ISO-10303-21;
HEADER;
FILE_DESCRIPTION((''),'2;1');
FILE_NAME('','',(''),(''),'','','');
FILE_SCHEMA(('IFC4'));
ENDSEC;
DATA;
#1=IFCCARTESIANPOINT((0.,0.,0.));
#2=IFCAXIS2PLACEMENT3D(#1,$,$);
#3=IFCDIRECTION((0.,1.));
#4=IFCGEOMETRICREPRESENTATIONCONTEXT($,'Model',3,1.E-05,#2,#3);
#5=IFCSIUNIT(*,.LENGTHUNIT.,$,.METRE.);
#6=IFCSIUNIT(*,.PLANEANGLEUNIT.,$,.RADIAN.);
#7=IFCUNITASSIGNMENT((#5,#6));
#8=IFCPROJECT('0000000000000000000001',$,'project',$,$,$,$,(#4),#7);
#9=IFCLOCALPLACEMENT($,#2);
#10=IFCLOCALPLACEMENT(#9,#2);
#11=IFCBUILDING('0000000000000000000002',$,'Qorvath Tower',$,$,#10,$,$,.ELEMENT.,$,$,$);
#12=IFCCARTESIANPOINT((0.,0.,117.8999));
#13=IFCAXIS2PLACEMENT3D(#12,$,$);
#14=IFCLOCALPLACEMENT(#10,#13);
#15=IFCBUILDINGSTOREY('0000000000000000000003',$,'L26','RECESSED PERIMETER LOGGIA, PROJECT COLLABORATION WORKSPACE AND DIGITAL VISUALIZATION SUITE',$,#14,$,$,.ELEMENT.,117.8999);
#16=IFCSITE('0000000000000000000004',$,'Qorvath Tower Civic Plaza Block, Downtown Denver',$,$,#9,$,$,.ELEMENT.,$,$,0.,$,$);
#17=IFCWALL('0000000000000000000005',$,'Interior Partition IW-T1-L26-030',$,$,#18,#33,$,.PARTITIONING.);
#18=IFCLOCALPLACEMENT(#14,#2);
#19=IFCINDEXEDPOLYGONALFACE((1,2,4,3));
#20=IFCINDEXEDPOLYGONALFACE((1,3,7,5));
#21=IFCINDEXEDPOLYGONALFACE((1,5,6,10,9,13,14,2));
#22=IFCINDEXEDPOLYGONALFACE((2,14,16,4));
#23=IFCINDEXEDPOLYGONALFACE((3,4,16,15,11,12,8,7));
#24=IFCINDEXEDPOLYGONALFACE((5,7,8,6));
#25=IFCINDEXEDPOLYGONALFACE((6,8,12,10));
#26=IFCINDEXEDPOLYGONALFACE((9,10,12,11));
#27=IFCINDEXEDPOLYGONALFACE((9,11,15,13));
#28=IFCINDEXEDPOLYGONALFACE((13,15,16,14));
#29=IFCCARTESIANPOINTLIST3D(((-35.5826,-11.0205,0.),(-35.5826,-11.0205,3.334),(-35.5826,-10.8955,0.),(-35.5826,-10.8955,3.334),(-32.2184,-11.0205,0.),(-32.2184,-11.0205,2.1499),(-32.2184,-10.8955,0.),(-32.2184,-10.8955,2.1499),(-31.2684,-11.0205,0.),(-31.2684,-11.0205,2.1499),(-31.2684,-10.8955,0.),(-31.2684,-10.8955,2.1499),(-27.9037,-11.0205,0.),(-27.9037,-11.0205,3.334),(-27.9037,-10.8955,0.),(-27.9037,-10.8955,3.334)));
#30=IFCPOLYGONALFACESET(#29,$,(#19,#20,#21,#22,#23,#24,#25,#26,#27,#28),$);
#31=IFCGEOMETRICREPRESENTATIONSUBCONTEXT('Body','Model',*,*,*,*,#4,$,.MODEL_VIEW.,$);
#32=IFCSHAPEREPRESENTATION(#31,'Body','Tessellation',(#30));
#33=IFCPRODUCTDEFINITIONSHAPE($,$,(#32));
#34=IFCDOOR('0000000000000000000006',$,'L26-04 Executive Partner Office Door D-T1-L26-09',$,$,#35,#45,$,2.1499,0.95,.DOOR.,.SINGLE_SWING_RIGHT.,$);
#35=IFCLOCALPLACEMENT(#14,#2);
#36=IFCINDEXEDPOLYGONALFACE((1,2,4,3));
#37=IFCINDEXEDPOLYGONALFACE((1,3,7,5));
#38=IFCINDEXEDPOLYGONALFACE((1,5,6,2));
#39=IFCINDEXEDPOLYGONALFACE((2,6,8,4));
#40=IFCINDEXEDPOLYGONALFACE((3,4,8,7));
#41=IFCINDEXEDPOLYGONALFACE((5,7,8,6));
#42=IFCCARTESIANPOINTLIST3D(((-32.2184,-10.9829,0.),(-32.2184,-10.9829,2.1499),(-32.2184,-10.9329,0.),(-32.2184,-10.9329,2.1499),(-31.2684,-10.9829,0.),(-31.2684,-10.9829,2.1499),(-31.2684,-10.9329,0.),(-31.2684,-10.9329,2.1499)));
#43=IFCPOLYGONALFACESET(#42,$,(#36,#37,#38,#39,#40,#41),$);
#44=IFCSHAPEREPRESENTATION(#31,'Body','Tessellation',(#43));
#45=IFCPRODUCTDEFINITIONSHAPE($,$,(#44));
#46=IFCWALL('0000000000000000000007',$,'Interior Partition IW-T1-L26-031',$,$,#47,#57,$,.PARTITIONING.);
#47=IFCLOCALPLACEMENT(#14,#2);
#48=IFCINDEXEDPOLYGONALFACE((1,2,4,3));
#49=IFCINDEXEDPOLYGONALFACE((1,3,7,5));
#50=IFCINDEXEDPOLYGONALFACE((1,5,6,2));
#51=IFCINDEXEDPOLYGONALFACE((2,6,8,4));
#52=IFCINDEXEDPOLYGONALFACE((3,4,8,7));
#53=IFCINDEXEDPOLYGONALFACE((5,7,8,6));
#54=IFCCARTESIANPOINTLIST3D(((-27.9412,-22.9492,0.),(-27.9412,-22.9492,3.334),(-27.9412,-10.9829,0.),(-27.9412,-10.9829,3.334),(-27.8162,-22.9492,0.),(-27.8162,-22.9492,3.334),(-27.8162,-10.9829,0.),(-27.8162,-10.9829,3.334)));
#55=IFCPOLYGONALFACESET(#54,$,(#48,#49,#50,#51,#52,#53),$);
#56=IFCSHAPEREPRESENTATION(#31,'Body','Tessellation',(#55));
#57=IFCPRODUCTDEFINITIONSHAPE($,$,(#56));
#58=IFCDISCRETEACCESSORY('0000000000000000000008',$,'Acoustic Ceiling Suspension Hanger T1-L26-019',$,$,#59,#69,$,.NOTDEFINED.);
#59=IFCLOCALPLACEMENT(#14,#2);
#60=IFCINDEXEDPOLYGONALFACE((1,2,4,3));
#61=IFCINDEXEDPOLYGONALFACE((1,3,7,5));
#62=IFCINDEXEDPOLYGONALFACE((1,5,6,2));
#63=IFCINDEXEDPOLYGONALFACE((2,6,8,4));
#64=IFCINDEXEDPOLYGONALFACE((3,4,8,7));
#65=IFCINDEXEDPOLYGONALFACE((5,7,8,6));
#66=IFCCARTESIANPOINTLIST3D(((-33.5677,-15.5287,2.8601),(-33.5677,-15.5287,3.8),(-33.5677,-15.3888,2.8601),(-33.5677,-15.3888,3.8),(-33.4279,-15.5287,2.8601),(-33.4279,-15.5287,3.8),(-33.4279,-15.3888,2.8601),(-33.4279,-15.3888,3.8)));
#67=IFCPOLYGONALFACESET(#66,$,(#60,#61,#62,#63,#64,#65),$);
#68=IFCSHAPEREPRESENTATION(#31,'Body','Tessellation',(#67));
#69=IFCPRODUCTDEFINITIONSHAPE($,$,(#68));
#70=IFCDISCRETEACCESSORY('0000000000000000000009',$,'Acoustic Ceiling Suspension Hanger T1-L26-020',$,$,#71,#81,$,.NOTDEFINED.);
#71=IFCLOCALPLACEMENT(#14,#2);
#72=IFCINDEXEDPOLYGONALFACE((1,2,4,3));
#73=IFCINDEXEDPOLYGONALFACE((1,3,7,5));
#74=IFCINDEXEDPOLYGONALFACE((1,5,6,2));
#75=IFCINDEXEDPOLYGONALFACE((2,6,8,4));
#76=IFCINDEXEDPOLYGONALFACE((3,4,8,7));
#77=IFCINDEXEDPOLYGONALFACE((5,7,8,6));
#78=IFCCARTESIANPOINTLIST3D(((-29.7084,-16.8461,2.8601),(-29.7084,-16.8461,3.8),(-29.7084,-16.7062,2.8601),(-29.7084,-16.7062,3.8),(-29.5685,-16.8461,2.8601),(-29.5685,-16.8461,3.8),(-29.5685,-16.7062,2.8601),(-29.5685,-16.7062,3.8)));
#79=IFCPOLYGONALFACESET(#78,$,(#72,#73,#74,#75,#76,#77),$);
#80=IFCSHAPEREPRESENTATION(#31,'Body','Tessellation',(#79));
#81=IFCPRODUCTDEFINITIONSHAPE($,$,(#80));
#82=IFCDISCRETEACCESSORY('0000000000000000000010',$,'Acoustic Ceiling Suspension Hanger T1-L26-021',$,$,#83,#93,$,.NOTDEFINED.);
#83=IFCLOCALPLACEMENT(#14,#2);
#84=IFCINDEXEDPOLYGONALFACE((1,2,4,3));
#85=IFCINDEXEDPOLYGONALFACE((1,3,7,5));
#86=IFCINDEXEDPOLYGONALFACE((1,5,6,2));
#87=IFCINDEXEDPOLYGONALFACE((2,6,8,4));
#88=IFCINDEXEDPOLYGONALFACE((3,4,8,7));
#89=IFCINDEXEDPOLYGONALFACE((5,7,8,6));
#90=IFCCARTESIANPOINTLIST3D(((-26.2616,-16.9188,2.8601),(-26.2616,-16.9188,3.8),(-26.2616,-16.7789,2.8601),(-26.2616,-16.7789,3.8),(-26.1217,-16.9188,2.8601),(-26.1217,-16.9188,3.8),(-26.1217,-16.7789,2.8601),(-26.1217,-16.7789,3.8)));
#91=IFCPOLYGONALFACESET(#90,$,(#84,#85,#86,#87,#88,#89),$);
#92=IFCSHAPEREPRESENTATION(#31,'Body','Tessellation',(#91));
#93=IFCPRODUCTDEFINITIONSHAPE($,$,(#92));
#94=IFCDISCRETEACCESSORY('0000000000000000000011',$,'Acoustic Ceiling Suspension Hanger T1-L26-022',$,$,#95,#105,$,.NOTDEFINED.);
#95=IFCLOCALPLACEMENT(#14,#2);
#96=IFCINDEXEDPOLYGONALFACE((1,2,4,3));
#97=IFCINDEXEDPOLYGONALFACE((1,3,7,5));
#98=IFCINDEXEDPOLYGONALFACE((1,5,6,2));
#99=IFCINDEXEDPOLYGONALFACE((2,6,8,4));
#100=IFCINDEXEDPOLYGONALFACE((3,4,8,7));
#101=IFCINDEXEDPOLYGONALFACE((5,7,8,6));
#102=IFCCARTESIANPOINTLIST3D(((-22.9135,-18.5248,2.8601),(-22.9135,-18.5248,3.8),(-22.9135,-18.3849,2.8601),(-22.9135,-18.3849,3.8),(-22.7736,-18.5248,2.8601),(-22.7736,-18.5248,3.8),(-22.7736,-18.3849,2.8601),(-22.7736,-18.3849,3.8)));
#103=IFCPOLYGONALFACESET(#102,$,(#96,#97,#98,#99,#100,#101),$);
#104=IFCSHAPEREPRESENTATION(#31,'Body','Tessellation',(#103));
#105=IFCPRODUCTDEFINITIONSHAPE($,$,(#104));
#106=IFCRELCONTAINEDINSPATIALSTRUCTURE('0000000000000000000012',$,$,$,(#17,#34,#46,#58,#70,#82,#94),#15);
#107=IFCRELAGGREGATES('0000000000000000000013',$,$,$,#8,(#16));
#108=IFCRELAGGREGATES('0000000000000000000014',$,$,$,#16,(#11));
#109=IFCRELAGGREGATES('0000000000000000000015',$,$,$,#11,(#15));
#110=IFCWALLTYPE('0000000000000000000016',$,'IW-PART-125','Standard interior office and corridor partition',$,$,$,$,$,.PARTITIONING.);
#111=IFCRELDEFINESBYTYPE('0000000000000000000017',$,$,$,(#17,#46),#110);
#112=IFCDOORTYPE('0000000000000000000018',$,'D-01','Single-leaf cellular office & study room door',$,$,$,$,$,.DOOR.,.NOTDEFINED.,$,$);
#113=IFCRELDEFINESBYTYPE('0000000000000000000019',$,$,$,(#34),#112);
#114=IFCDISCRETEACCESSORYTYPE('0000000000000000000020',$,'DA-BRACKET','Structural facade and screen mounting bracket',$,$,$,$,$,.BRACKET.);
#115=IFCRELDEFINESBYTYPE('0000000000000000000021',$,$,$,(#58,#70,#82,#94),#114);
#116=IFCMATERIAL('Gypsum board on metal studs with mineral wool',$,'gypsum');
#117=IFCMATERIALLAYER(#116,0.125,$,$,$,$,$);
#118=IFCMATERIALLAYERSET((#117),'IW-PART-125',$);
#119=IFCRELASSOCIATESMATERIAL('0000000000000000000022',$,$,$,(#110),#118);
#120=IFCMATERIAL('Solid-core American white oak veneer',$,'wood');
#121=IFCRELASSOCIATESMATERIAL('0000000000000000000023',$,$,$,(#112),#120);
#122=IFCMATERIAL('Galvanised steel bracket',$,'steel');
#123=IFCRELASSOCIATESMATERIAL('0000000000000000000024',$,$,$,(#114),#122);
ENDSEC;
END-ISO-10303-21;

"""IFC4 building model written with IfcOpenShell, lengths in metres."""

from ifc_helpers import new_model, si_unit, direction, frame, frame_2d, origin, origin_2d, place, context, subcontext, project, spatial, rectangle, extrude, material, layer, layer_set, type_object, element, fill, save


model = new_model("IFC4")

# Units and contexts
model_context = context("Model", 3, precision=1e-05, world=origin(), true_north=direction((0.0, 1.0)))
body_context = subcontext(model_context, "Body", "Model", "MODEL_VIEW")
ifc_project = project(units=[si_unit("LENGTHUNIT", "METRE"), si_unit("PLANEANGLEUNIT", "RADIAN")], contexts=[model_context])

# Site, building, storey
site_placement = place(None, origin())
site = spatial("IfcSite", under=ifc_project, at=site_placement, Name="Qorvath Tower Civic Plaza Block, Downtown Denver", CompositionType="ELEMENT", RefElevation=0.0)
building_placement = place(site_placement, origin())
building = spatial("IfcBuilding", under=site, at=building_placement, Name="Qorvath Tower", CompositionType="ELEMENT")
storey_placement = place(building_placement, frame((0.0, 0.0, 117.8999)))
storey = spatial("IfcBuildingStorey", under=building, at=storey_placement, Name="L26", Description="RECESSED PERIMETER LOGGIA, PROJECT COLLABORATION WORKSPACE AND DIGITAL VISUALIZATION SUITE", CompositionType="ELEMENT", Elevation=117.8999)

# Wall, opening, door
ifc_material_1 = material(Name="Gypsum board on metal studs with mineral wool", Category="gypsum")
ifc_layer_1 = layer(ifc_material_1, 0.125)
ifc_layer_set_1 = layer_set([ifc_layer_1], Name="IW-PART-125")
wall_type_1 = type_object("IfcWallType", Name="IW-PART-125", Description="Standard interior office and corridor partition", PredefinedType="PARTITIONING", material=ifc_layer_set_1)
wall_1_placement = place(storey_placement, frame((-27.9038, -10.958, 0.0), z_axis=(0.0, 0.0, 1.0), x_axis=(-1.0, 0.0, 0.0)))
wall_1 = element("IfcWall", 1, at=wall_1_placement, inside=storey, type_object=wall_type_1, Name="Interior Partition IW-T1-L26-030", PredefinedType="PARTITIONING", context=body_context, shape_type="SweptSolid", body=[
    extrude(rectangle(XDim=7.679, YDim=0.125, at=frame_2d((3.8394, 0.0))), origin(), (0.0, 0.0, 1.0), 3.334),
])
opening_placement = place(wall_1_placement, frame((3.3645, 0.0, 0.0)))
opening = element("IfcOpeningElement", 2, at=opening_placement, cuts=wall_1, PredefinedType="OPENING", context=body_context, shape_type="SweptSolid", body=[
    extrude(rectangle(XDim=0.95, YDim=2.1499, at=frame_2d((0.4751, 1.075))), frame((0.0, 0.0725, 0.0), z_axis=(0.0, -1.0, 0.0), x_axis=(1.0, 0.0, 0.0)), (0.0, 0.0, 1.0), 0.145),
])
ifc_material_2 = material(Name="Solid-core American white oak veneer", Category="wood")
door_type = type_object("IfcDoorType", Name="D-01", Description="Single-leaf cellular office & study room door", OperationType="NOTDEFINED", PredefinedType="DOOR", material=ifc_material_2)
door_placement = place(opening_placement, origin())
door = element("IfcDoor", 3, at=door_placement, inside=storey, type_object=door_type, Name="L26-04 Executive Partner Office Door D-T1-L26-09", OperationType="SINGLE_SWING_RIGHT", OverallHeight=2.1499, OverallWidth=0.95, PredefinedType="DOOR", context=body_context, shape_type="SweptSolid", body=[
    extrude(rectangle(XDim=0.95, YDim=2.1499, at=frame_2d((0.4751, 1.075))), frame((0.0, 0.0249, 0.0), z_axis=(0.0, -1.0, 0.0), x_axis=(1.0, 0.0, 0.0)), (0.0, 0.0, 1.0), 0.05),
])
fill(opening, door)

# Wall
wall_2_placement = place(storey_placement, frame((-27.8787, -22.9492, 0.0), z_axis=(0.0, 0.0, 1.0), x_axis=(0.0, 1.0, 0.0)))
element("IfcWall", 4, at=wall_2_placement, inside=storey, type_object=wall_type_1, Name="Interior Partition IW-T1-L26-031", PredefinedType="PARTITIONING", context=body_context, shape_type="SweptSolid", body=[
    extrude(rectangle(XDim=11.9663, YDim=0.125, at=frame_2d((5.9832, 0.0))), origin(), (0.0, 0.0, 1.0), 3.334),
])

# Discrete accessories
ifc_material_3 = material(Name="Galvanised steel bracket", Category="steel")
discrete_accessory_type = type_object("IfcDiscreteAccessoryType", Name="DA-BRACKET", Description="Structural facade and screen mounting bracket", PredefinedType="BRACKET", material=ifc_material_3)
for number, where, z_axis, x_axis, name in (
    (5, (-33.4978, -15.4587, 2.8601), (0.0, 0.0, 1.0), (1.0, 0.0, 0.0), "Acoustic Ceiling Suspension Hanger T1-L26-019"),
    (6, (-29.6384, -16.7761, 2.8601), (0.0, 0.0, 1.0), (1.0, 0.0, 0.0), "Acoustic Ceiling Suspension Hanger T1-L26-020"),
    (7, (-26.1917, -16.8489, 2.8601), (0.0, 0.0, 1.0), (1.0, 0.0, 0.0), "Acoustic Ceiling Suspension Hanger T1-L26-021"),
    (8, (-22.8435, -18.4548, 2.8601), (0.0, 0.0, 1.0), (1.0, 0.0, 0.0), "Acoustic Ceiling Suspension Hanger T1-L26-022"),
):
    element("IfcDiscreteAccessory", number, at=place(storey_placement, frame(where, z_axis=z_axis, x_axis=x_axis)), inside=storey, type_object=discrete_accessory_type, Name=name, PredefinedType="NOTDEFINED", context=body_context, shape_type="SweptSolid", body=[
        extrude(rectangle(XDim=0.1399, YDim=0.1399, at=origin_2d()), origin(), (0.0, 0.0, 1.0), 0.9399),
    ])

save(model, "model.ifc")
